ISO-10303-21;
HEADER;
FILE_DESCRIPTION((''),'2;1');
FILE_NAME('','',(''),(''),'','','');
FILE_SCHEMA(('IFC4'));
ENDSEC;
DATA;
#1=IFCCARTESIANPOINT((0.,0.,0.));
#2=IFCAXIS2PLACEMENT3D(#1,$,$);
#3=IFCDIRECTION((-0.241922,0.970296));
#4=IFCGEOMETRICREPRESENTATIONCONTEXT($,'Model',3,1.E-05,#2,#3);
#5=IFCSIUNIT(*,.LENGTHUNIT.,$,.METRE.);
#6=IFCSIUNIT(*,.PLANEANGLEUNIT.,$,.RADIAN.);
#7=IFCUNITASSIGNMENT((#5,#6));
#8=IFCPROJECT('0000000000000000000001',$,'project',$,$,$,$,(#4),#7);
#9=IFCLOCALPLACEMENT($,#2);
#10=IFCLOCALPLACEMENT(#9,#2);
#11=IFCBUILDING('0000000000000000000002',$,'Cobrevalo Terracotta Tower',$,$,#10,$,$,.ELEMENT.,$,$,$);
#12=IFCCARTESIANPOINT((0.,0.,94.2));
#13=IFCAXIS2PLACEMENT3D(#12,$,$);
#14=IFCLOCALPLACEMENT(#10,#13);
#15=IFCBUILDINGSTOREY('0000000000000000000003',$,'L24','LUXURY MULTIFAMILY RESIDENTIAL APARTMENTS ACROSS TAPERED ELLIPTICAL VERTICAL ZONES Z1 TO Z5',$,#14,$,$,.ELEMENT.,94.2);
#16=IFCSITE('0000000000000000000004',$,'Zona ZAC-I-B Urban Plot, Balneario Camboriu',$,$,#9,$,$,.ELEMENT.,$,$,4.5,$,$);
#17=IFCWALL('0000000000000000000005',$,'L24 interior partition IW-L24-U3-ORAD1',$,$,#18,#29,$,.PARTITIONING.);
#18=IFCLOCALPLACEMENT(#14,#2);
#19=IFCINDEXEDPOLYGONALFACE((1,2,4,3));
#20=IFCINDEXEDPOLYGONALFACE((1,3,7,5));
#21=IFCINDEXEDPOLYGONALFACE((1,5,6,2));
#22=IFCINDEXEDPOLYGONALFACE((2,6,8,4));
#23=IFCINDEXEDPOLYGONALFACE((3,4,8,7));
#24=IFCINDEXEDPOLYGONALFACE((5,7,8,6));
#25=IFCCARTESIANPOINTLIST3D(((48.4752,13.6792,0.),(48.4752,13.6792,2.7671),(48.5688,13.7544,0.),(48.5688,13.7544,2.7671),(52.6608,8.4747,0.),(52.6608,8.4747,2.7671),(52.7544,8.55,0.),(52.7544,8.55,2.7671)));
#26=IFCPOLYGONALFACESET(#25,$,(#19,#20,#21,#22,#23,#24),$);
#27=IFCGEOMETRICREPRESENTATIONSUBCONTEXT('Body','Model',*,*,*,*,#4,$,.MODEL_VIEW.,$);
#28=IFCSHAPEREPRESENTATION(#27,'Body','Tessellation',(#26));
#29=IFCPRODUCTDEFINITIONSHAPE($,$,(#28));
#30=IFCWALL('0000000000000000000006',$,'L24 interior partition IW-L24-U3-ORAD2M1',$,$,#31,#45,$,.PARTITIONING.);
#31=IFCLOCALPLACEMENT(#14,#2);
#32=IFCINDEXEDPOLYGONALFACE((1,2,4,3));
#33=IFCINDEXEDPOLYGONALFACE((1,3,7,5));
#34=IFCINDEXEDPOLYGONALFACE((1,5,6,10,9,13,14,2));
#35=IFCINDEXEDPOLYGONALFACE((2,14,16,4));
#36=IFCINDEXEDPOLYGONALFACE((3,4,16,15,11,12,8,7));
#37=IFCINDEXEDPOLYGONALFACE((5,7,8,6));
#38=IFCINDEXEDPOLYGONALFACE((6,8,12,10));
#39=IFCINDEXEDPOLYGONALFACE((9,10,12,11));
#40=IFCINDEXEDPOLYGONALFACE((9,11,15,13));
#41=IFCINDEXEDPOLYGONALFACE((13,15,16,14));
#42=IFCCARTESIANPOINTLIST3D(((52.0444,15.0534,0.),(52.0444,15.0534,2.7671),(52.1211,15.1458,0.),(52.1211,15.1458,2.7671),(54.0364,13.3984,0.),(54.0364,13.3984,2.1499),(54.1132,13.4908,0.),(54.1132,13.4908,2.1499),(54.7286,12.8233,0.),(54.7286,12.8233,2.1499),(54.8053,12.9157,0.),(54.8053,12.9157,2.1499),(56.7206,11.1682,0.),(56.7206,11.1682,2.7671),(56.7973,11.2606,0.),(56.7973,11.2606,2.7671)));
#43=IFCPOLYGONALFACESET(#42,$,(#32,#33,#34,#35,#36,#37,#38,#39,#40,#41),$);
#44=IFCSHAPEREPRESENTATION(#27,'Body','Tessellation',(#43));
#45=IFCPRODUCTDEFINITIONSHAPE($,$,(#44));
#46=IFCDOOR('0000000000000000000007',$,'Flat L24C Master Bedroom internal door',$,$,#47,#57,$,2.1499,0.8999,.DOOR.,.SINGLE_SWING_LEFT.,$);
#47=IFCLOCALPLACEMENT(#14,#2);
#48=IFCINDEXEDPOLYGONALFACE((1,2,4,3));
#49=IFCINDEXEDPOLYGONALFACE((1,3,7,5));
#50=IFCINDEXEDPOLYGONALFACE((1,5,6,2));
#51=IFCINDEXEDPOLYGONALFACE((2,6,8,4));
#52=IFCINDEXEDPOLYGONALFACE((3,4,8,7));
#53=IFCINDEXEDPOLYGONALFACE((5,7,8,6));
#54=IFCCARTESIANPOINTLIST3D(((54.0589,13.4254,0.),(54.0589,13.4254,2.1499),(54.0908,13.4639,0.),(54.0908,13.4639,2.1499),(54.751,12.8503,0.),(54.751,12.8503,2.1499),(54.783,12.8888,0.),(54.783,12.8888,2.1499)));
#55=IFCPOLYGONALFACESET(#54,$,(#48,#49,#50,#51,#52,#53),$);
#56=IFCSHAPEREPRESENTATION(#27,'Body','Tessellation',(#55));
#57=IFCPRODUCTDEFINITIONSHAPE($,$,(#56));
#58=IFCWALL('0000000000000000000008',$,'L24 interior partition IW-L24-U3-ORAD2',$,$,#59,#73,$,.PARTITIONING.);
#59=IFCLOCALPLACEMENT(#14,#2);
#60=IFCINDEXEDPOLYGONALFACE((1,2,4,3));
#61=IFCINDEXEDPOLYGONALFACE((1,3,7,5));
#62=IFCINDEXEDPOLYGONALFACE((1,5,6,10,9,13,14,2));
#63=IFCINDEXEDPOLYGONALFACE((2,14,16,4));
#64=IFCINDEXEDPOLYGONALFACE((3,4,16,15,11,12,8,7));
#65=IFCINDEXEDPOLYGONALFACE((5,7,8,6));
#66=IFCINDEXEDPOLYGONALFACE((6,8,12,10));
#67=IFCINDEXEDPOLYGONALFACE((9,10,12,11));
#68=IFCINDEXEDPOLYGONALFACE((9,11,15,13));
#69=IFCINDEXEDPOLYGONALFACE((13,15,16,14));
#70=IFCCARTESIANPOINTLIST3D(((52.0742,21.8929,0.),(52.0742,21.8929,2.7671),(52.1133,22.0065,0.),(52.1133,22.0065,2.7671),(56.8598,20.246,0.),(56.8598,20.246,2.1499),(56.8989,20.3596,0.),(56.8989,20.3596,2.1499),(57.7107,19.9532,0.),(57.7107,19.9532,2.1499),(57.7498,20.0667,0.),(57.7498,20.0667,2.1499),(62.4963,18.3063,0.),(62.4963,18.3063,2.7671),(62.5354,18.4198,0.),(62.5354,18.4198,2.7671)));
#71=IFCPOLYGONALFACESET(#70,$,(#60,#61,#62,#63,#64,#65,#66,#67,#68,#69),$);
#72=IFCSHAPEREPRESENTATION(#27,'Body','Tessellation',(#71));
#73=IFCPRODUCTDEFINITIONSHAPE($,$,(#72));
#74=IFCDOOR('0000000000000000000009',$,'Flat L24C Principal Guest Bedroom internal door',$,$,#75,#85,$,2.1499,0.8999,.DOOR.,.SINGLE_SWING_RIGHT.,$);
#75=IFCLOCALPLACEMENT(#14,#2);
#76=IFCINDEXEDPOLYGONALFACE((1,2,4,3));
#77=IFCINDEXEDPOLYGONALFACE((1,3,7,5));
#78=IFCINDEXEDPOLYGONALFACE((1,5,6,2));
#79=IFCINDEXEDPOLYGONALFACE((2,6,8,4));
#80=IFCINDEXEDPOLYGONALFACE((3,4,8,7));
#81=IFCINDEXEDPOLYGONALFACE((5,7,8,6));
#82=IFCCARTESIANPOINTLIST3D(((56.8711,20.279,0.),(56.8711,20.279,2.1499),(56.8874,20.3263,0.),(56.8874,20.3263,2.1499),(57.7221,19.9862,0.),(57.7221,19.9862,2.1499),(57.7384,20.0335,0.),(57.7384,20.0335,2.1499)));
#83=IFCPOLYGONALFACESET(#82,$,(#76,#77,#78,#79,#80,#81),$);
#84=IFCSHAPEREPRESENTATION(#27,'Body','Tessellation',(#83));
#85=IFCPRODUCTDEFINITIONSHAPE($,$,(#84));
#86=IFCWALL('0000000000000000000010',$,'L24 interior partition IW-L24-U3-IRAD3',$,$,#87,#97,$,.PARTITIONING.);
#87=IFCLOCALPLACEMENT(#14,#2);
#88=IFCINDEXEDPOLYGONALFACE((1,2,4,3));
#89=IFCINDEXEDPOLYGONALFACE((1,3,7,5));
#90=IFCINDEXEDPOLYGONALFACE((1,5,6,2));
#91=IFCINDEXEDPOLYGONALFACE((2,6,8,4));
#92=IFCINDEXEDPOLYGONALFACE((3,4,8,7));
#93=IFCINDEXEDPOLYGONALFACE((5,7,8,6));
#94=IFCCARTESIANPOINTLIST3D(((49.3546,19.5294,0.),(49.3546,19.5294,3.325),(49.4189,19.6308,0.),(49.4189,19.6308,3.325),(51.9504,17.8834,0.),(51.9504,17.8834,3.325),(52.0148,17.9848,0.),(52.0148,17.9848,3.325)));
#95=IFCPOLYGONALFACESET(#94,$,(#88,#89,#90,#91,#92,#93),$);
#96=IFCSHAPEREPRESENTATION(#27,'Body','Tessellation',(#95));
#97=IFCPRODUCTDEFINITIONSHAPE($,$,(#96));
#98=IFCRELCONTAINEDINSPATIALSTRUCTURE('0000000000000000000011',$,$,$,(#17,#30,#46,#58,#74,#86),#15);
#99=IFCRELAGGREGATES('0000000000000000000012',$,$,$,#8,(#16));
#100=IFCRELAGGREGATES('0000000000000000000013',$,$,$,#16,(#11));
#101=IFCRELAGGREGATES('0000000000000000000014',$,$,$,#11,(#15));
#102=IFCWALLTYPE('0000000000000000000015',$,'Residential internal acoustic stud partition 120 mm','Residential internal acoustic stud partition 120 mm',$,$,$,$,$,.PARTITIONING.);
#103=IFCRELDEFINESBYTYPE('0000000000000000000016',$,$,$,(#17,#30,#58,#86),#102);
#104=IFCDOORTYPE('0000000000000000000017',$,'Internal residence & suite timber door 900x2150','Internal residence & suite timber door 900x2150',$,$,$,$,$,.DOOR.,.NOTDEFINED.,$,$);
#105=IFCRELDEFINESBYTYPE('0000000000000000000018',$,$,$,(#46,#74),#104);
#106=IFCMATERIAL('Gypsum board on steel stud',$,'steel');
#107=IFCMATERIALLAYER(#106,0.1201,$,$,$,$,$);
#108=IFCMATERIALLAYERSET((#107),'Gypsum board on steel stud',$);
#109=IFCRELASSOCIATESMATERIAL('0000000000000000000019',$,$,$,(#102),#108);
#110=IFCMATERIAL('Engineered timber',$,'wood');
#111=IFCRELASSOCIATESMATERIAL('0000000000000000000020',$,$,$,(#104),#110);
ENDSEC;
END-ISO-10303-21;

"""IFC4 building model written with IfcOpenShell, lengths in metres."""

from ifc_helpers import new_model, si_unit, direction, frame, frame_2d, origin, place, context, subcontext, project, spatial, rectangle, extrude, source, transform, mapped, material, layer, layer_set, type_object, element, fill, save


model = new_model("IFC4")

# Units and contexts
model_context = context("Model", 3, precision=1e-05, world=origin(), true_north=direction((-0.241922, 0.970296)))
body_context = subcontext(model_context, "Body", "Model", "MODEL_VIEW")
ifc_project = project(units=[si_unit("LENGTHUNIT", "METRE"), si_unit("PLANEANGLEUNIT", "RADIAN")], contexts=[model_context])

# Site, building, storey
site_placement = place(None, origin())
site = spatial("IfcSite", under=ifc_project, at=site_placement, Name="Zona ZAC-I-B Urban Plot, Balneario Camboriu", CompositionType="ELEMENT", RefElevation=4.5)
building_placement = place(site_placement, origin())
building = spatial("IfcBuilding", under=site, at=building_placement, Name="Cobrevalo Terracotta Tower", CompositionType="ELEMENT")
storey_placement = place(building_placement, frame((0.0, 0.0, 94.2)))
storey = spatial("IfcBuildingStorey", under=building, at=storey_placement, Name="L24", Description="LUXURY MULTIFAMILY RESIDENTIAL APARTMENTS ACROSS TAPERED ELLIPTICAL VERTICAL ZONES Z1 TO Z5", CompositionType="ELEMENT", Elevation=94.2)

# Shared definitions
ifc_material_1 = material(Name="Gypsum board on steel stud", Category="steel")

# Shared definitions
ifc_layer_1 = layer(ifc_material_1, 0.1201)
ifc_layer_set_1 = layer_set([ifc_layer_1], Name="Gypsum board on steel stud")
wall_type_1 = type_object("IfcWallType", Name="Residential internal acoustic stud partition 120 mm", Description="Residential internal acoustic stud partition 120 mm", PredefinedType="PARTITIONING", material=ifc_layer_set_1)
ifc_material_2 = material(Name="Engineered timber", Category="wood")
door_type = type_object("IfcDoorType", Name="Internal residence & suite timber door 900x2150", Description="Internal residence & suite timber door 900x2150", OperationType="NOTDEFINED", PredefinedType="DOOR", material=ifc_material_2)
shared_shape_1 = source(origin(), body_context, "Body", "SweptSolid", [
    extrude(rectangle(XDim=0.8999, YDim=2.1499, at=frame_2d((0.45, 1.075))), frame((0.0, 0.0249, 0.0), z_axis=(0.0, -1.0, 0.0), x_axis=(1.0, 0.0, 0.0)), (0.0, 0.0, 1.0), 0.05),
])

# Wall
wall_1_placement = place(storey_placement, frame((48.522, 13.7168, 0.0), z_axis=(0.0, 0.0, 1.0), x_axis=(0.626708, -0.779254, 0.0)))
element("IfcWall", 1, at=wall_1_placement, inside=storey, type_object=wall_type_1, Name="L24 interior partition IW-L24-U3-ORAD1", PredefinedType="PARTITIONING", context=body_context, shape_type="SweptSolid", body=[
    extrude(rectangle(XDim=6.6787, YDim=0.1201, at=frame_2d((3.3394, 0.0))), origin(), (0.0, 0.0, 1.0), 2.7671),
])

# Walls, openings, doors
wall_2_placement = place(storey_placement, frame((52.0828, 15.0996, 0.0), z_axis=(0.0, 0.0, 1.0), x_axis=(0.769162, -0.639054, 0.0)))
wall_2 = element("IfcWall", 2, at=wall_2_placement, inside=storey, type_object=wall_type_1, Name="L24 interior partition IW-L24-U3-ORAD2M1", PredefinedType="PARTITIONING", context=body_context, shape_type="SweptSolid", body=[
    extrude(rectangle(XDim=6.0796, YDim=0.1201, at=frame_2d((3.0398, 0.0))), origin(), (0.0, 0.0, 1.0), 2.7671),
])
opening_1_placement = place(wall_2_placement, frame((2.5898, 0.0, 0.0)))
opening_1 = element("IfcOpeningElement", 3, at=opening_1_placement, cuts=wall_2, PredefinedType="OPENING", context=body_context, shape_type="SweptSolid", body=[
    extrude(rectangle(XDim=0.8999, YDim=2.1499, at=frame_2d((0.45, 1.075))), frame((0.0, 0.0701, 0.0), z_axis=(0.0, -1.0, 0.0), x_axis=(1.0, 0.0, 0.0)), (0.0, 0.0, 1.0), 0.1401),
])
door_1_placement = place(opening_1_placement, frame((0.8999, 0.0, 0.0), z_axis=(0.0, 0.0, 1.0), x_axis=(-1.0, 0.0, 0.0)))
door_1 = element("IfcDoor", 4, at=door_1_placement, inside=storey, type_object=door_type, Name="Flat L24C Master Bedroom internal door", OperationType="SINGLE_SWING_LEFT", OverallHeight=2.1499, OverallWidth=0.8999, PredefinedType="DOOR", context=body_context, shape_type="MappedRepresentation", body=[
    mapped(shared_shape_1, transform((0.0, 0.0, 0.0), scale=1.0)),
])
fill(opening_1, door_1)
wall_3_placement = place(storey_placement, frame((52.0938, 21.9497, 0.0), z_axis=(0.0, 0.0, 1.0), x_axis=(0.945573, -0.32541, 0.0)))
wall_3 = element("IfcWall", 5, at=wall_3_placement, inside=storey, type_object=wall_type_1, Name="L24 interior partition IW-L24-U3-ORAD2", PredefinedType="PARTITIONING", context=body_context, shape_type="SweptSolid", body=[
    extrude(rectangle(XDim=11.022, YDim=0.1201, at=frame_2d((5.511, 0.0))), origin(), (0.0, 0.0, 1.0), 2.7671),
])
opening_2_placement = place(wall_3_placement, frame((5.061, 0.0, 0.0)))
opening_2 = element("IfcOpeningElement", 6, at=opening_2_placement, cuts=wall_3, PredefinedType="OPENING", context=body_context, shape_type="SweptSolid", body=[
    extrude(rectangle(XDim=0.8999, YDim=2.1499, at=frame_2d((0.45, 1.075))), frame((0.0, 0.0701, 0.0), z_axis=(0.0, -1.0, 0.0), x_axis=(1.0, 0.0, 0.0)), (0.0, 0.0, 1.0), 0.1401),
])
door_2_placement = place(opening_2_placement, origin())
door_2 = element("IfcDoor", 7, at=door_2_placement, inside=storey, type_object=door_type, Name="Flat L24C Principal Guest Bedroom internal door", OperationType="SINGLE_SWING_RIGHT", OverallHeight=2.1499, OverallWidth=0.8999, PredefinedType="DOOR", context=body_context, shape_type="MappedRepresentation", body=[
    mapped(shared_shape_1, transform((0.0, 0.0, 0.0), scale=1.0)),
])
fill(opening_2, door_2)

# Wall
wall_4_placement = place(storey_placement, frame((49.3867, 19.5801, 0.0), z_axis=(0.0, 0.0, 1.0), x_axis=(0.84454, -0.535492, 0.0)))
element("IfcWall", 8, at=wall_4_placement, inside=storey, type_object=wall_type_1, Name="L24 interior partition IW-L24-U3-IRAD3", PredefinedType="PARTITIONING", context=body_context, shape_type="SweptSolid", body=[
    extrude(rectangle(XDim=3.0737, YDim=0.1201, at=frame_2d((1.5369, 0.0))), origin(), (0.0, 0.0, 1.0), 3.325),
])

save(model, "model.ifc")
